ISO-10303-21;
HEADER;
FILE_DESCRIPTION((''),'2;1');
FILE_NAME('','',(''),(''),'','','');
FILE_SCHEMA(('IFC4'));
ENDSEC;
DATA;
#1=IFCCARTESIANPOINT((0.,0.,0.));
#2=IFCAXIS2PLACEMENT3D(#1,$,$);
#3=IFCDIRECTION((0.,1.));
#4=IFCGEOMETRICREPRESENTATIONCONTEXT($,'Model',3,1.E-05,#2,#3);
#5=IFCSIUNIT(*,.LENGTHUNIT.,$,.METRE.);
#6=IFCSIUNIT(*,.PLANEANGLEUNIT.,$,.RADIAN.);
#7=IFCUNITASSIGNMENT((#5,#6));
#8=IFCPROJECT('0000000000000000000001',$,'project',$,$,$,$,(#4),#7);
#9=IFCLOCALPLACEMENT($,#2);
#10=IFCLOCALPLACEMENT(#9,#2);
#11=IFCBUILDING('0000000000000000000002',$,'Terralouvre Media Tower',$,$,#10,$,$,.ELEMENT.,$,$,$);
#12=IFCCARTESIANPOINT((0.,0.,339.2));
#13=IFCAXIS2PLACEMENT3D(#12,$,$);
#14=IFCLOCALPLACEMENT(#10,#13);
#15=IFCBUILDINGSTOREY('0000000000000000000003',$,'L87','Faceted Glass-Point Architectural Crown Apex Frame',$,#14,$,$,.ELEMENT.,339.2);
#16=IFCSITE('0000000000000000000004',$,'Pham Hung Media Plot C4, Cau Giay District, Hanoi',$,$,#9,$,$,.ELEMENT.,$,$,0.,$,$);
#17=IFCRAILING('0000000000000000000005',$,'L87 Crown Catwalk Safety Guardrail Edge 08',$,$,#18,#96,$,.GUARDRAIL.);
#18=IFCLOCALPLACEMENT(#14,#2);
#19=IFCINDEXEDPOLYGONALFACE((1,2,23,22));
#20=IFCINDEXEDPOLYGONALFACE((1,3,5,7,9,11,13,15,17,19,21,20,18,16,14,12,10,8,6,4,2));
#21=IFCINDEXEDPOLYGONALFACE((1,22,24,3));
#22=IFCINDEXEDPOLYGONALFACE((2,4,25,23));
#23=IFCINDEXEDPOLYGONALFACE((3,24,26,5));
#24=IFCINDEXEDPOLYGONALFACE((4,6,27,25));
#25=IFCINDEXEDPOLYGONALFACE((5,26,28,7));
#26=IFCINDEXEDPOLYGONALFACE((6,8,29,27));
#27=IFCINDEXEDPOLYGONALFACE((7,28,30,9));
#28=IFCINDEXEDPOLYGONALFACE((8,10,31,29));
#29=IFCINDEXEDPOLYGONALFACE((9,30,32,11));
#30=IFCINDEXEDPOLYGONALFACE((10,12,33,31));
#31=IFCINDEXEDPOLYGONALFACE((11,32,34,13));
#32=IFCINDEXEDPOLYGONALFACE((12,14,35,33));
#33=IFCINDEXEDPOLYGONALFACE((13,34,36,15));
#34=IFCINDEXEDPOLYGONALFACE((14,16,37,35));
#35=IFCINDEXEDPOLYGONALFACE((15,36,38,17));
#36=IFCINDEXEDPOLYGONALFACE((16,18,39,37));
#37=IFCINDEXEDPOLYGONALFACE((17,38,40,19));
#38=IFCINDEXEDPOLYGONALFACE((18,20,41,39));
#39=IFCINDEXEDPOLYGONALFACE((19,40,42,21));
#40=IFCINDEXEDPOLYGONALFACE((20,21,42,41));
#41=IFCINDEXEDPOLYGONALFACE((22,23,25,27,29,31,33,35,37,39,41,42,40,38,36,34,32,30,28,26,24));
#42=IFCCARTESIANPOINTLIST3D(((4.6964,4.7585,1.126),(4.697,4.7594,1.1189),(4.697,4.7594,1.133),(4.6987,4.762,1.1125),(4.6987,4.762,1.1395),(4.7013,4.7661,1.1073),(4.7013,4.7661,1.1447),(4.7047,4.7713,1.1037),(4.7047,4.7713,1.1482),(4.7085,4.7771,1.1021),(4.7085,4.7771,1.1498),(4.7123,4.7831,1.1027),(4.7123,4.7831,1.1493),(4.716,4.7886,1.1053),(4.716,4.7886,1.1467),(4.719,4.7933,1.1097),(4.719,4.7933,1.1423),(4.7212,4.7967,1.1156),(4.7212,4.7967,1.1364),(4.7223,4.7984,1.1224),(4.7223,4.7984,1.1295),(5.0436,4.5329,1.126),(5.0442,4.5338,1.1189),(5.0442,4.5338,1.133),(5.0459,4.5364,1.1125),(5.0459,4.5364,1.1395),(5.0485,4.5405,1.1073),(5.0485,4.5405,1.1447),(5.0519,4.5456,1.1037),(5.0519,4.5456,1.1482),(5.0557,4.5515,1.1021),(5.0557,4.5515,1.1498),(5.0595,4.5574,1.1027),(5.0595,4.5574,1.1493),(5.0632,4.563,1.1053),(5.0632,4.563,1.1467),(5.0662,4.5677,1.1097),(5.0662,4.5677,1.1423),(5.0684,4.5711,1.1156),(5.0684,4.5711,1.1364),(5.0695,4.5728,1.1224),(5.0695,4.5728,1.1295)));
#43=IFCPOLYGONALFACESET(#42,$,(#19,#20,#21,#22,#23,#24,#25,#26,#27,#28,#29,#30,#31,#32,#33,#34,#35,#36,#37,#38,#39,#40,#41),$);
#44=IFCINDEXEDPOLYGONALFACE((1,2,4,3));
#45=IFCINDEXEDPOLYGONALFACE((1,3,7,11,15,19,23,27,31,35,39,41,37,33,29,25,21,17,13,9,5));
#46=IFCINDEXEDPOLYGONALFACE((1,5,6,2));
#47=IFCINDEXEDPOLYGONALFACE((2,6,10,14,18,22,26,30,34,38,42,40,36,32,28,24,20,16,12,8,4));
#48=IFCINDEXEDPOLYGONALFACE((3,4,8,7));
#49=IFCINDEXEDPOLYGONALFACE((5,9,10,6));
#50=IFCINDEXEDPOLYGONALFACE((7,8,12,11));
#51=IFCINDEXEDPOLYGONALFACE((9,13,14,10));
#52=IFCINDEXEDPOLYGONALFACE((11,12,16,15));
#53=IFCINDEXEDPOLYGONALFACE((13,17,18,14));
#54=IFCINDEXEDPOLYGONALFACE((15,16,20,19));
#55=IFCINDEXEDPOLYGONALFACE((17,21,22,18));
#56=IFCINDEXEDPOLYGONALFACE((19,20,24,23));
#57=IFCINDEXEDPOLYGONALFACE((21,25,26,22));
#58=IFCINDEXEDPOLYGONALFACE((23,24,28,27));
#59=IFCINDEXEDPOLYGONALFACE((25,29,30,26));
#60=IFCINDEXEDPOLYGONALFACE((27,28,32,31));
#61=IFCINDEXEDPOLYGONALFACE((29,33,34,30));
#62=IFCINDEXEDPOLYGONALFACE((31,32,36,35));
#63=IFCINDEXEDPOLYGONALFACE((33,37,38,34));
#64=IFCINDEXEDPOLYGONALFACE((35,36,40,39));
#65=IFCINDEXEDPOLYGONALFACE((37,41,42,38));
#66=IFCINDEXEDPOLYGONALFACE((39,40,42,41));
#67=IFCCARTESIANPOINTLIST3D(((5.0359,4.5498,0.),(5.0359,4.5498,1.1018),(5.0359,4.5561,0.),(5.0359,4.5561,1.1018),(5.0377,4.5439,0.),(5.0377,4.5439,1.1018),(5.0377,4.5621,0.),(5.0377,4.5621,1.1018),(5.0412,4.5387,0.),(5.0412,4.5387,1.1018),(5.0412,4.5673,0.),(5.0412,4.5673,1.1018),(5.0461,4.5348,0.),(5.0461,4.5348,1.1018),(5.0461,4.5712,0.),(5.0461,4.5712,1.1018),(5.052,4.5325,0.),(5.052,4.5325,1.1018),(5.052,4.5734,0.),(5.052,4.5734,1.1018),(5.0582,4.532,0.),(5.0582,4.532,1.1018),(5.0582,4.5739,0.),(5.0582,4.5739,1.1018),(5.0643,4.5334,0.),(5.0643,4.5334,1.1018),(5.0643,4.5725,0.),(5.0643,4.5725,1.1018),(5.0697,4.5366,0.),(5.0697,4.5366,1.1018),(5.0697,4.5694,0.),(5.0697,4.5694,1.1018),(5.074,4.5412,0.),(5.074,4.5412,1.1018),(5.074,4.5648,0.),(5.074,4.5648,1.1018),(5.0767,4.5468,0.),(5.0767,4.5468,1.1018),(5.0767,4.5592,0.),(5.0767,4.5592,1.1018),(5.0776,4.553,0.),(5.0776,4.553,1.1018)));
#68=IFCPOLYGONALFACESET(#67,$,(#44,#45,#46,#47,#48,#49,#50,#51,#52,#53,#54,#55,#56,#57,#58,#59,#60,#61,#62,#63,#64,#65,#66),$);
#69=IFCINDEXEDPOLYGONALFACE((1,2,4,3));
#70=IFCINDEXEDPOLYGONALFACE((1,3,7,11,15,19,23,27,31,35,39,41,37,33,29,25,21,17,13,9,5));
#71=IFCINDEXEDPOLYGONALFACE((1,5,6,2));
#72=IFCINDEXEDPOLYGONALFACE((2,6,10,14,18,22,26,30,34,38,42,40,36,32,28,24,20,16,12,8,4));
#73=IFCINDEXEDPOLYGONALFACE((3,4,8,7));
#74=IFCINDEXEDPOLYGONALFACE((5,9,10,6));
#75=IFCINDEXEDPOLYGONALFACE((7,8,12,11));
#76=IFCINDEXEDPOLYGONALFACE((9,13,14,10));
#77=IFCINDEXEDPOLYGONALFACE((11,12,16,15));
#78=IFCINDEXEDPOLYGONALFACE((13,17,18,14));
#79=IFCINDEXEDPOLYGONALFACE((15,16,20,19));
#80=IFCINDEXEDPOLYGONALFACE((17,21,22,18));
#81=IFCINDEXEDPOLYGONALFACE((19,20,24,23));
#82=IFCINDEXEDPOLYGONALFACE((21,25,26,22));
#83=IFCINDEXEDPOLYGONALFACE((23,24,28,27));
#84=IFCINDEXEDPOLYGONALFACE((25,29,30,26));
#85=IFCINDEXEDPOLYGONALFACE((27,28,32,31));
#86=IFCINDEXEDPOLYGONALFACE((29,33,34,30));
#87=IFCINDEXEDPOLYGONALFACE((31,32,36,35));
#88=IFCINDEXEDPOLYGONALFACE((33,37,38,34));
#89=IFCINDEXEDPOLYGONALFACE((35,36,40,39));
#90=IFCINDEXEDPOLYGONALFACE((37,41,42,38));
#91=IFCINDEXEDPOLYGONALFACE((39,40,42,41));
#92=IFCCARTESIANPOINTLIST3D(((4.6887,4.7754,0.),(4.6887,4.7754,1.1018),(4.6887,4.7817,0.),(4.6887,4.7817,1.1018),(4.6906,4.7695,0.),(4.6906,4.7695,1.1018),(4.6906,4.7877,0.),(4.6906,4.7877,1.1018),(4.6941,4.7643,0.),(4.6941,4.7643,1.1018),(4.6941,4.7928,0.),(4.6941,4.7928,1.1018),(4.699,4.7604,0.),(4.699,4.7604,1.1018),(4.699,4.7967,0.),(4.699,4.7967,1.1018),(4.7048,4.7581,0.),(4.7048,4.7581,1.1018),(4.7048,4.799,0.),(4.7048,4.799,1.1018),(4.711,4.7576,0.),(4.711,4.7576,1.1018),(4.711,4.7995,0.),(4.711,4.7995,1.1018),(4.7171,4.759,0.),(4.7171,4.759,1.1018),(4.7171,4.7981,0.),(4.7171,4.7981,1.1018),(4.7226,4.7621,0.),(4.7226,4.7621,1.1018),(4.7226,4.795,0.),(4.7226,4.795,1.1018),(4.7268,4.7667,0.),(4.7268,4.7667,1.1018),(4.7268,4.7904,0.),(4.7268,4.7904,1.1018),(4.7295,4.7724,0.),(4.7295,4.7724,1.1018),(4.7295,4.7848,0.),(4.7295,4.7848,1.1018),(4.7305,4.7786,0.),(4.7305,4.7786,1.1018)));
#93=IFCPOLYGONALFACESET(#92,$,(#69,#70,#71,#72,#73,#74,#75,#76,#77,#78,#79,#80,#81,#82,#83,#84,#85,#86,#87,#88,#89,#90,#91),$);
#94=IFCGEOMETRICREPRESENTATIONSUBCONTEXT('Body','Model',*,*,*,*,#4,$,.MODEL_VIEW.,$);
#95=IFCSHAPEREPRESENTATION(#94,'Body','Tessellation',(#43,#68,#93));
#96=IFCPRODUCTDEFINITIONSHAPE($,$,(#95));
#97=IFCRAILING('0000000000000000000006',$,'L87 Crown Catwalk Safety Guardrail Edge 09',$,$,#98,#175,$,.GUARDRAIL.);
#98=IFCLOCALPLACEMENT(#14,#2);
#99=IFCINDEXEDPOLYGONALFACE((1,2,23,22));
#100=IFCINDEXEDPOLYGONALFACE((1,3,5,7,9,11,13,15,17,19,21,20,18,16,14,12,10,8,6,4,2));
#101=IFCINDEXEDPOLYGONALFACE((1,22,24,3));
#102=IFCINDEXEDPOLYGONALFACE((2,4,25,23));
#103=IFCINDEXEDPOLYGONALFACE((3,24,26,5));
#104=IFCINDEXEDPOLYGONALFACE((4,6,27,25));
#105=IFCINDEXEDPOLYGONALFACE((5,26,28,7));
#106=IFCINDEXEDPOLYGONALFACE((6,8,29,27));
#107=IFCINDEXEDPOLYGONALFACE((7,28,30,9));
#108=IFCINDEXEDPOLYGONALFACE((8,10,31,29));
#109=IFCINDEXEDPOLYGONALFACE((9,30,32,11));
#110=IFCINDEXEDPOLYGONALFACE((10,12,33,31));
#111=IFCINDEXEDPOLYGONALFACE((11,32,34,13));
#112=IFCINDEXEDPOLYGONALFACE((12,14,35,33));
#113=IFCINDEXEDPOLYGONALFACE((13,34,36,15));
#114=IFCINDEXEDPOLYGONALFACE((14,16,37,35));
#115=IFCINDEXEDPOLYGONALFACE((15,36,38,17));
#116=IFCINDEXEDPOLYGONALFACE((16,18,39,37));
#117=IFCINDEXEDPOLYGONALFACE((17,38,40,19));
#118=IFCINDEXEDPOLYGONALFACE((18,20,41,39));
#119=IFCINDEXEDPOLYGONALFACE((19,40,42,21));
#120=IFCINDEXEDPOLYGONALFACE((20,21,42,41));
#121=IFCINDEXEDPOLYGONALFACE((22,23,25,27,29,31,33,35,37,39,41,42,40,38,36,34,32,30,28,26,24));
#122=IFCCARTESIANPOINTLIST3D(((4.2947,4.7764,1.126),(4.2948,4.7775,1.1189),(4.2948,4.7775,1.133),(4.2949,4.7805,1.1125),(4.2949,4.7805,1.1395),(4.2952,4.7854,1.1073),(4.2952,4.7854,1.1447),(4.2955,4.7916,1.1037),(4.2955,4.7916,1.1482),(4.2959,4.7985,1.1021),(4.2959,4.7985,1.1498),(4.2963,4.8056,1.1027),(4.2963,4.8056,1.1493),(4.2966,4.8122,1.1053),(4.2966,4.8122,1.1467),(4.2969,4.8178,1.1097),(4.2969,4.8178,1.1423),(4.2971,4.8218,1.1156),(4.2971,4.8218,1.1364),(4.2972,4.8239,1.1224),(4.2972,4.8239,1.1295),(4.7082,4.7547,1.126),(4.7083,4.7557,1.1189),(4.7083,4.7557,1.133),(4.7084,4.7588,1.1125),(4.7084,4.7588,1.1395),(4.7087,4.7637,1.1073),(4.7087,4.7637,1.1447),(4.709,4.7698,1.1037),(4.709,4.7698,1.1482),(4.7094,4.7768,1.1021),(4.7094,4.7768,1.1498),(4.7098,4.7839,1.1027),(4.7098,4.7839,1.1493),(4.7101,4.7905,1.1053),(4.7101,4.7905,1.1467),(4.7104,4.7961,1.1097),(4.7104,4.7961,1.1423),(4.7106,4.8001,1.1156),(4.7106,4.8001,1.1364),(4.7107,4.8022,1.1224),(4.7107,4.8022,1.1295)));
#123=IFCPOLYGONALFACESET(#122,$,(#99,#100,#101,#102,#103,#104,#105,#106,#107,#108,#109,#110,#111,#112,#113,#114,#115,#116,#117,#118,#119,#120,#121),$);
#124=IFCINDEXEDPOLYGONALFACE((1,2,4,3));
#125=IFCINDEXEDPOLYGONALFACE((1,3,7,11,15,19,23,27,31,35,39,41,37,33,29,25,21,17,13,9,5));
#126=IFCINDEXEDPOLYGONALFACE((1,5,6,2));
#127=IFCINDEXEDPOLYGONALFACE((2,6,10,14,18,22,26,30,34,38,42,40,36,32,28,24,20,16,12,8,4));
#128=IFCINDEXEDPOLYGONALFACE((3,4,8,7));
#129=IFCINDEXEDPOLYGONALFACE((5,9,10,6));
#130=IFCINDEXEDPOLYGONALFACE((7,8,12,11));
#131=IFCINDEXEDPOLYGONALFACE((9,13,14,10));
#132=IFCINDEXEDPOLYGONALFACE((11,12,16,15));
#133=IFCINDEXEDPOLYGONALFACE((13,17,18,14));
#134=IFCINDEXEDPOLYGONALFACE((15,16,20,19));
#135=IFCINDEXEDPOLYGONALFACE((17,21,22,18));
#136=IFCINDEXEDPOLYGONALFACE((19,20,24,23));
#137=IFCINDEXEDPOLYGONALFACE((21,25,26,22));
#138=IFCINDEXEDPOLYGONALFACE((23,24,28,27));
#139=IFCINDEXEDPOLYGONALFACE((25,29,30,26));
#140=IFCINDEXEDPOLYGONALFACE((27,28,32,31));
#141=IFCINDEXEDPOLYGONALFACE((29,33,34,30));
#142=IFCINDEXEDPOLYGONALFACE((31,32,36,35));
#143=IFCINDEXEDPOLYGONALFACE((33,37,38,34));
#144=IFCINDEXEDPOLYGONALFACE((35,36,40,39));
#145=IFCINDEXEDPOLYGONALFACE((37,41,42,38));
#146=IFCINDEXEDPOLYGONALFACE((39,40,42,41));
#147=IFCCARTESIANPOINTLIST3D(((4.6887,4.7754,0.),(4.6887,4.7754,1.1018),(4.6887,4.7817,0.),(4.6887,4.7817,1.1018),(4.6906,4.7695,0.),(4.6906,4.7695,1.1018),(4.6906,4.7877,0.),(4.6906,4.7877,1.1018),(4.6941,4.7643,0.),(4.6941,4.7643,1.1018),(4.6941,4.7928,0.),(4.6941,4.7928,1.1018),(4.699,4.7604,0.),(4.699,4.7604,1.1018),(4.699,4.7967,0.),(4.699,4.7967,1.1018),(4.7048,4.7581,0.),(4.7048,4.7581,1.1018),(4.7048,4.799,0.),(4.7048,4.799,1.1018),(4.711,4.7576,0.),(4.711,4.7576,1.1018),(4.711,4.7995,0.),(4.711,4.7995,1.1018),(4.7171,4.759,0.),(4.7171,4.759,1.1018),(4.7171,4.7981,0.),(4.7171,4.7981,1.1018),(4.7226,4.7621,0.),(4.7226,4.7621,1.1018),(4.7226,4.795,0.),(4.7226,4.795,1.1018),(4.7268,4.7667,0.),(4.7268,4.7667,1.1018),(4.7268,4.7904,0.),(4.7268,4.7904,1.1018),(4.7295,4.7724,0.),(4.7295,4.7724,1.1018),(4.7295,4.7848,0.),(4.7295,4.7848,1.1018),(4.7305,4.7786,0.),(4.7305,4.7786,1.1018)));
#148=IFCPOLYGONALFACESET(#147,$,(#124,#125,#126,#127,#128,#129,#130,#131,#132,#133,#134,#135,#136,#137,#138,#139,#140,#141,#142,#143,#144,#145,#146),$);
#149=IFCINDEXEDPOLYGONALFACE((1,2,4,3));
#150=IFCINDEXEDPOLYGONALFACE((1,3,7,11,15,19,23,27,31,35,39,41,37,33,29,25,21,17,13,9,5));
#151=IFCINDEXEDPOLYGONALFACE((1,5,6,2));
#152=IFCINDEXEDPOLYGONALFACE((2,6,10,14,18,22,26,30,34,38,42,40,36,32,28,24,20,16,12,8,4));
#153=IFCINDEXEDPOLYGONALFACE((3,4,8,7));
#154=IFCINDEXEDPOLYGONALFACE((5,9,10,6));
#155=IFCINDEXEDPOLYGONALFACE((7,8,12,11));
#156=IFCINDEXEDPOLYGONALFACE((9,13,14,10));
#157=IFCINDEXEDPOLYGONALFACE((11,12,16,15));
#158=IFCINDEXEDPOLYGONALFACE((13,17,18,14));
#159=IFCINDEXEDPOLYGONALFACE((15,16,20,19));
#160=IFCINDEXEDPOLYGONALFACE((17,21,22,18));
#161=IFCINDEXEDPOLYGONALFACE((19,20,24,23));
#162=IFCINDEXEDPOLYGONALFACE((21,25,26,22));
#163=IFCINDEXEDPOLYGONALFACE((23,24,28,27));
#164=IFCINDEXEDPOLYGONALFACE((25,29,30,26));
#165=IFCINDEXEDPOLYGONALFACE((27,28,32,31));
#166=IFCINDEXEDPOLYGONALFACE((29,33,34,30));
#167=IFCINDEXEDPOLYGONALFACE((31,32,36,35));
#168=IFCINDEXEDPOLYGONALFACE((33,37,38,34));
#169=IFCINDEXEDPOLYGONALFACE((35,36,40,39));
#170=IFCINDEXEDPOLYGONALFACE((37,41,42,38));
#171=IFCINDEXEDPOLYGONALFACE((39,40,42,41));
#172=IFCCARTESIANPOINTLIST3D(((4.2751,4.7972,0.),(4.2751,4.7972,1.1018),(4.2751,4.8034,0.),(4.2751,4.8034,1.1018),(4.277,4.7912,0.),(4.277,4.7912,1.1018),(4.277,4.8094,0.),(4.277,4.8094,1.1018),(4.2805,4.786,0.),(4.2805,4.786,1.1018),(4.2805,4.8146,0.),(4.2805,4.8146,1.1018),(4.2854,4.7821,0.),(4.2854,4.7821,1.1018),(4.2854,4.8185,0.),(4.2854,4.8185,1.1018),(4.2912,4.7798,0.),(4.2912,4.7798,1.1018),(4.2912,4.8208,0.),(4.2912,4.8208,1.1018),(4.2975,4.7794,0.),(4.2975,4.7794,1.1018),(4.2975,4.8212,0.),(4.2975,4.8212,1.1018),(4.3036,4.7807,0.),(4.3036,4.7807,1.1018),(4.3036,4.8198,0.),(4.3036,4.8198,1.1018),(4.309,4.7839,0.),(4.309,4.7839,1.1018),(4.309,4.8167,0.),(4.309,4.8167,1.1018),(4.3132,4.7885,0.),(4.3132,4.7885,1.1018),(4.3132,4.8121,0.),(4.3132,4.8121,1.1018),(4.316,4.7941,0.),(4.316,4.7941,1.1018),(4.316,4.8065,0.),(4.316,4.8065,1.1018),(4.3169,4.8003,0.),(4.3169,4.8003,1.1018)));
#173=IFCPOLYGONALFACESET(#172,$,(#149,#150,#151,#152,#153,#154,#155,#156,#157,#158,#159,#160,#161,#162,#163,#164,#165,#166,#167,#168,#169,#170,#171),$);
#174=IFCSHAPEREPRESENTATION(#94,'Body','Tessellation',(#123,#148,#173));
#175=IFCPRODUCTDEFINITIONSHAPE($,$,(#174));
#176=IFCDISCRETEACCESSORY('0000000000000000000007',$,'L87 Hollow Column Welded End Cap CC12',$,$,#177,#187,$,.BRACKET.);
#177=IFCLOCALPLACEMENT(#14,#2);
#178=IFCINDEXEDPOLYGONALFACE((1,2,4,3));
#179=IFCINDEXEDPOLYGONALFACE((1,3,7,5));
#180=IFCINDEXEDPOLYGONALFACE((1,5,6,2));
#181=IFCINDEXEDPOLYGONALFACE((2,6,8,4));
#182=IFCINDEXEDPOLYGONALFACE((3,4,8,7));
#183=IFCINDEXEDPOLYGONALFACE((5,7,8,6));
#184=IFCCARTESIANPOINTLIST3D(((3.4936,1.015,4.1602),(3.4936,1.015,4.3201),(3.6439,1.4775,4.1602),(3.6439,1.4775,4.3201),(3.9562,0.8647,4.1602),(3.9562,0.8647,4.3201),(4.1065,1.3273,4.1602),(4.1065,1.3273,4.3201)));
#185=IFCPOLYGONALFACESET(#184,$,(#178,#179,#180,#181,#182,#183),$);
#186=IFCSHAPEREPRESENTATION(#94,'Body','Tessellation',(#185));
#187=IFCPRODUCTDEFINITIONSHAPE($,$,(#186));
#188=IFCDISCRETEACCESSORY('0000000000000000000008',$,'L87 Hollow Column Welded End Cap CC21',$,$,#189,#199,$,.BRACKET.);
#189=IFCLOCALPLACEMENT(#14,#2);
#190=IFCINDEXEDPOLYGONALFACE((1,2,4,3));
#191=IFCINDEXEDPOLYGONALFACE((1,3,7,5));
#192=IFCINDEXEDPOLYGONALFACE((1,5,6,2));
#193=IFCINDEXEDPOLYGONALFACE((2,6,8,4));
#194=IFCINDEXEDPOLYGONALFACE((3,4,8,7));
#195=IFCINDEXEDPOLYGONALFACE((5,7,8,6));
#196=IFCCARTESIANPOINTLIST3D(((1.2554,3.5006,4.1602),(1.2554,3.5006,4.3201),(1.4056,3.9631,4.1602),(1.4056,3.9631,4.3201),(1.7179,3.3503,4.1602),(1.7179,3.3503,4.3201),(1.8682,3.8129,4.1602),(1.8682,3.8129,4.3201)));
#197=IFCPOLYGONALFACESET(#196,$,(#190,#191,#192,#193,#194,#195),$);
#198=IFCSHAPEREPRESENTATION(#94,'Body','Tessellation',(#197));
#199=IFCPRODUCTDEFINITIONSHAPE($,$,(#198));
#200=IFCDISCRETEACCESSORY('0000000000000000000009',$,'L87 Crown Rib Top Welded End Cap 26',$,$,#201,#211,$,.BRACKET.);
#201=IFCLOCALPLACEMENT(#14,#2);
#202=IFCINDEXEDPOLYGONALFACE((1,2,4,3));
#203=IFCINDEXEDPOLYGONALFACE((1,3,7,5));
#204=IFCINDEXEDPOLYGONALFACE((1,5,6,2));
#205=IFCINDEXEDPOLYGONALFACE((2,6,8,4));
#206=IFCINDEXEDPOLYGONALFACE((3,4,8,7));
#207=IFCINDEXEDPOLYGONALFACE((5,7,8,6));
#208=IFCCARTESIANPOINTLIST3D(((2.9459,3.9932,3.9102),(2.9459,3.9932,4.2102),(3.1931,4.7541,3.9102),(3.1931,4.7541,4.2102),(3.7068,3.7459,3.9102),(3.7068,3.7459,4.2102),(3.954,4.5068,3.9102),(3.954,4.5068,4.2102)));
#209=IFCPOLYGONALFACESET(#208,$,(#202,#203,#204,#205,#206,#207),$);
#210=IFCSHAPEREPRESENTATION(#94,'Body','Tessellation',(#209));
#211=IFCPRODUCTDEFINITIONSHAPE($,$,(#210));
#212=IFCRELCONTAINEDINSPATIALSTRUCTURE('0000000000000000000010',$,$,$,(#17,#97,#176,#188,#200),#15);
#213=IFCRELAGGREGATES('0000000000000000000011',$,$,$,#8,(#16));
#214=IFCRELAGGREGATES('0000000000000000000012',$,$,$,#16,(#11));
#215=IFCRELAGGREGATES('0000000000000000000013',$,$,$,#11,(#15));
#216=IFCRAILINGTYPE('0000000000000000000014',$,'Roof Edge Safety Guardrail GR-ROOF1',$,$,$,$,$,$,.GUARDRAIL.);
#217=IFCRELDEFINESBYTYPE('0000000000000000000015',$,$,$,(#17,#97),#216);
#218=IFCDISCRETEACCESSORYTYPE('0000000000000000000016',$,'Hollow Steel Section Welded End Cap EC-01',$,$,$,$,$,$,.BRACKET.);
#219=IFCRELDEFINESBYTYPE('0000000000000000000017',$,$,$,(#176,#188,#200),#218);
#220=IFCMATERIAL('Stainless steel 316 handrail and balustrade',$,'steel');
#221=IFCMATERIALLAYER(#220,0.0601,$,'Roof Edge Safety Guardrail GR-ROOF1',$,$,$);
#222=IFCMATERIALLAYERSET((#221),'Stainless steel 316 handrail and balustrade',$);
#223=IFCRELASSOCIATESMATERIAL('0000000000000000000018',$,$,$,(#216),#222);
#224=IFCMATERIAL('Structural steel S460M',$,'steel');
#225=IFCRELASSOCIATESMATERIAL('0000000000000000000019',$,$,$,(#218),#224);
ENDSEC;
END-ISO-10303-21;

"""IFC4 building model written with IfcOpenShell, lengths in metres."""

from ifc_helpers import new_model, si_unit, direction, frame, origin, origin_2d, place, context, subcontext, project, spatial, rectangle, circle, extrude, material, layer, layer_set, type_object, element, save


model = new_model("IFC4")

# Units and contexts
model_context = context("Model", 3, precision=1e-05, world=origin(), true_north=direction((0.0, 1.0)))
body_context = subcontext(model_context, "Body", "Model", "MODEL_VIEW")
ifc_project = project(units=[si_unit("LENGTHUNIT", "METRE"), si_unit("PLANEANGLEUNIT", "RADIAN")], contexts=[model_context])

# Site, building, storey
site_placement = place(None, origin())
site = spatial("IfcSite", under=ifc_project, at=site_placement, Name="Pham Hung Media Plot C4, Cau Giay District, Hanoi", CompositionType="ELEMENT", RefElevation=0.0)
building_placement = place(site_placement, origin())
building = spatial("IfcBuilding", under=site, at=building_placement, Name="Terralouvre Media Tower", CompositionType="ELEMENT")
storey_placement = place(building_placement, frame((0.0, 0.0, 339.2)))
storey = spatial("IfcBuildingStorey", under=building, at=storey_placement, Name="L87", Description="Faceted Glass-Point Architectural Crown Apex Frame", CompositionType="ELEMENT", Elevation=339.2)

# Railings
ifc_material_1 = material(Name="Stainless steel 316 handrail and balustrade", Category="steel")
ifc_layer_1 = layer(ifc_material_1, 0.0601, Name="Roof Edge Safety Guardrail GR-ROOF1")
ifc_layer_set_1 = layer_set([ifc_layer_1], Name="Stainless steel 316 handrail and balustrade")
railing_type = type_object("IfcRailingType", Name="Roof Edge Safety Guardrail GR-ROOF1", PredefinedType="GUARDRAIL", material=ifc_layer_set_1)
railing_1_placement = place(storey_placement, frame((5.0566, 4.553, 0.0)))
element("IfcRailing", 1, at=railing_1_placement, inside=storey, type_object=railing_type, Name="L87 Crown Catwalk Safety Guardrail Edge 08", PredefinedType="GUARDRAIL", context=body_context, shape_type="SweptSolid", body=[
    extrude(circle(Radius=0.0239, at=origin_2d()), frame((0.0, 0.0, 1.126), z_axis=(-0.838524, 0.544864, 0.0), x_axis=(-0.544864, -0.838524, 0.0)), (0.0, 0.0, 1.0), 0.4141),
    extrude(circle(Radius=0.021, at=origin_2d()), origin(), (0.0, 0.0, 1.0), 1.1018),
    extrude(circle(Radius=0.021, at=origin_2d()), frame((-0.3472, 0.2256, 0.0)), (0.0, 0.0, 1.0), 1.1018),
])
railing_2_placement = place(storey_placement, frame((4.7095, 4.7786, 0.0)))
element("IfcRailing", 2, at=railing_2_placement, inside=storey, type_object=railing_type, Name="L87 Crown Catwalk Safety Guardrail Edge 09", PredefinedType="GUARDRAIL", context=body_context, shape_type="SweptSolid", body=[
    extrude(circle(Radius=0.0239, at=origin_2d()), frame((0.0, 0.0, 1.126), z_axis=(-0.998623, 0.052466, 0.0), x_axis=(-0.052466, -0.998623, 0.0)), (0.0, 0.0, 1.0), 0.4141),
    extrude(circle(Radius=0.021, at=origin_2d()), origin(), (0.0, 0.0, 1.0), 1.1018),
    extrude(circle(Radius=0.021, at=origin_2d()), frame((-0.4136, 0.0217, 0.0)), (0.0, 0.0, 1.0), 1.1018),
])

# Discrete accessories
ifc_material_2 = material(Name="Structural steel S460M", Category="steel")
discrete_accessory_type = type_object("IfcDiscreteAccessoryType", Name="Hollow Steel Section Welded End Cap EC-01", PredefinedType="BRACKET", material=ifc_material_2)
for number, where, z_axis, x_axis, name in (
    (3, (3.8, 1.1711, 4.1602), (0.0, 0.0, 1.0), (0.309017, 0.951057, 0.0), "L87 Hollow Column Welded End Cap CC12"),
    (4, (1.5618, 3.6567, 4.1602), (0.0, 0.0, 1.0), (0.309017, 0.951057, 0.0), "L87 Hollow Column Welded End Cap CC21"),
):
    element("IfcDiscreteAccessory", number, at=place(storey_placement, frame(where, z_axis=z_axis, x_axis=x_axis)), inside=storey, type_object=discrete_accessory_type, Name=name, PredefinedType="BRACKET", context=body_context, shape_type="SweptSolid", body=[
        extrude(rectangle(XDim=0.4863, YDim=0.4863, at=origin_2d()), origin(), (0.0, 0.0, 1.0), 0.1599),
    ])
discrete_accessory_placement = place(storey_placement, frame((3.45, 4.25, 3.9102), z_axis=(0.0, 0.0, 1.0), x_axis=(0.309017, 0.951057, 0.0)))
element("IfcDiscreteAccessory", 5, at=discrete_accessory_placement, inside=storey, type_object=discrete_accessory_type, Name="L87 Crown Rib Top Welded End Cap 26", PredefinedType="BRACKET", context=body_context, shape_type="SweptSolid", body=[
    extrude(rectangle(XDim=0.8, YDim=0.8, at=origin_2d()), origin(), (0.0, 0.0, 1.0), 0.3),
])

save(model, "model.ifc")
